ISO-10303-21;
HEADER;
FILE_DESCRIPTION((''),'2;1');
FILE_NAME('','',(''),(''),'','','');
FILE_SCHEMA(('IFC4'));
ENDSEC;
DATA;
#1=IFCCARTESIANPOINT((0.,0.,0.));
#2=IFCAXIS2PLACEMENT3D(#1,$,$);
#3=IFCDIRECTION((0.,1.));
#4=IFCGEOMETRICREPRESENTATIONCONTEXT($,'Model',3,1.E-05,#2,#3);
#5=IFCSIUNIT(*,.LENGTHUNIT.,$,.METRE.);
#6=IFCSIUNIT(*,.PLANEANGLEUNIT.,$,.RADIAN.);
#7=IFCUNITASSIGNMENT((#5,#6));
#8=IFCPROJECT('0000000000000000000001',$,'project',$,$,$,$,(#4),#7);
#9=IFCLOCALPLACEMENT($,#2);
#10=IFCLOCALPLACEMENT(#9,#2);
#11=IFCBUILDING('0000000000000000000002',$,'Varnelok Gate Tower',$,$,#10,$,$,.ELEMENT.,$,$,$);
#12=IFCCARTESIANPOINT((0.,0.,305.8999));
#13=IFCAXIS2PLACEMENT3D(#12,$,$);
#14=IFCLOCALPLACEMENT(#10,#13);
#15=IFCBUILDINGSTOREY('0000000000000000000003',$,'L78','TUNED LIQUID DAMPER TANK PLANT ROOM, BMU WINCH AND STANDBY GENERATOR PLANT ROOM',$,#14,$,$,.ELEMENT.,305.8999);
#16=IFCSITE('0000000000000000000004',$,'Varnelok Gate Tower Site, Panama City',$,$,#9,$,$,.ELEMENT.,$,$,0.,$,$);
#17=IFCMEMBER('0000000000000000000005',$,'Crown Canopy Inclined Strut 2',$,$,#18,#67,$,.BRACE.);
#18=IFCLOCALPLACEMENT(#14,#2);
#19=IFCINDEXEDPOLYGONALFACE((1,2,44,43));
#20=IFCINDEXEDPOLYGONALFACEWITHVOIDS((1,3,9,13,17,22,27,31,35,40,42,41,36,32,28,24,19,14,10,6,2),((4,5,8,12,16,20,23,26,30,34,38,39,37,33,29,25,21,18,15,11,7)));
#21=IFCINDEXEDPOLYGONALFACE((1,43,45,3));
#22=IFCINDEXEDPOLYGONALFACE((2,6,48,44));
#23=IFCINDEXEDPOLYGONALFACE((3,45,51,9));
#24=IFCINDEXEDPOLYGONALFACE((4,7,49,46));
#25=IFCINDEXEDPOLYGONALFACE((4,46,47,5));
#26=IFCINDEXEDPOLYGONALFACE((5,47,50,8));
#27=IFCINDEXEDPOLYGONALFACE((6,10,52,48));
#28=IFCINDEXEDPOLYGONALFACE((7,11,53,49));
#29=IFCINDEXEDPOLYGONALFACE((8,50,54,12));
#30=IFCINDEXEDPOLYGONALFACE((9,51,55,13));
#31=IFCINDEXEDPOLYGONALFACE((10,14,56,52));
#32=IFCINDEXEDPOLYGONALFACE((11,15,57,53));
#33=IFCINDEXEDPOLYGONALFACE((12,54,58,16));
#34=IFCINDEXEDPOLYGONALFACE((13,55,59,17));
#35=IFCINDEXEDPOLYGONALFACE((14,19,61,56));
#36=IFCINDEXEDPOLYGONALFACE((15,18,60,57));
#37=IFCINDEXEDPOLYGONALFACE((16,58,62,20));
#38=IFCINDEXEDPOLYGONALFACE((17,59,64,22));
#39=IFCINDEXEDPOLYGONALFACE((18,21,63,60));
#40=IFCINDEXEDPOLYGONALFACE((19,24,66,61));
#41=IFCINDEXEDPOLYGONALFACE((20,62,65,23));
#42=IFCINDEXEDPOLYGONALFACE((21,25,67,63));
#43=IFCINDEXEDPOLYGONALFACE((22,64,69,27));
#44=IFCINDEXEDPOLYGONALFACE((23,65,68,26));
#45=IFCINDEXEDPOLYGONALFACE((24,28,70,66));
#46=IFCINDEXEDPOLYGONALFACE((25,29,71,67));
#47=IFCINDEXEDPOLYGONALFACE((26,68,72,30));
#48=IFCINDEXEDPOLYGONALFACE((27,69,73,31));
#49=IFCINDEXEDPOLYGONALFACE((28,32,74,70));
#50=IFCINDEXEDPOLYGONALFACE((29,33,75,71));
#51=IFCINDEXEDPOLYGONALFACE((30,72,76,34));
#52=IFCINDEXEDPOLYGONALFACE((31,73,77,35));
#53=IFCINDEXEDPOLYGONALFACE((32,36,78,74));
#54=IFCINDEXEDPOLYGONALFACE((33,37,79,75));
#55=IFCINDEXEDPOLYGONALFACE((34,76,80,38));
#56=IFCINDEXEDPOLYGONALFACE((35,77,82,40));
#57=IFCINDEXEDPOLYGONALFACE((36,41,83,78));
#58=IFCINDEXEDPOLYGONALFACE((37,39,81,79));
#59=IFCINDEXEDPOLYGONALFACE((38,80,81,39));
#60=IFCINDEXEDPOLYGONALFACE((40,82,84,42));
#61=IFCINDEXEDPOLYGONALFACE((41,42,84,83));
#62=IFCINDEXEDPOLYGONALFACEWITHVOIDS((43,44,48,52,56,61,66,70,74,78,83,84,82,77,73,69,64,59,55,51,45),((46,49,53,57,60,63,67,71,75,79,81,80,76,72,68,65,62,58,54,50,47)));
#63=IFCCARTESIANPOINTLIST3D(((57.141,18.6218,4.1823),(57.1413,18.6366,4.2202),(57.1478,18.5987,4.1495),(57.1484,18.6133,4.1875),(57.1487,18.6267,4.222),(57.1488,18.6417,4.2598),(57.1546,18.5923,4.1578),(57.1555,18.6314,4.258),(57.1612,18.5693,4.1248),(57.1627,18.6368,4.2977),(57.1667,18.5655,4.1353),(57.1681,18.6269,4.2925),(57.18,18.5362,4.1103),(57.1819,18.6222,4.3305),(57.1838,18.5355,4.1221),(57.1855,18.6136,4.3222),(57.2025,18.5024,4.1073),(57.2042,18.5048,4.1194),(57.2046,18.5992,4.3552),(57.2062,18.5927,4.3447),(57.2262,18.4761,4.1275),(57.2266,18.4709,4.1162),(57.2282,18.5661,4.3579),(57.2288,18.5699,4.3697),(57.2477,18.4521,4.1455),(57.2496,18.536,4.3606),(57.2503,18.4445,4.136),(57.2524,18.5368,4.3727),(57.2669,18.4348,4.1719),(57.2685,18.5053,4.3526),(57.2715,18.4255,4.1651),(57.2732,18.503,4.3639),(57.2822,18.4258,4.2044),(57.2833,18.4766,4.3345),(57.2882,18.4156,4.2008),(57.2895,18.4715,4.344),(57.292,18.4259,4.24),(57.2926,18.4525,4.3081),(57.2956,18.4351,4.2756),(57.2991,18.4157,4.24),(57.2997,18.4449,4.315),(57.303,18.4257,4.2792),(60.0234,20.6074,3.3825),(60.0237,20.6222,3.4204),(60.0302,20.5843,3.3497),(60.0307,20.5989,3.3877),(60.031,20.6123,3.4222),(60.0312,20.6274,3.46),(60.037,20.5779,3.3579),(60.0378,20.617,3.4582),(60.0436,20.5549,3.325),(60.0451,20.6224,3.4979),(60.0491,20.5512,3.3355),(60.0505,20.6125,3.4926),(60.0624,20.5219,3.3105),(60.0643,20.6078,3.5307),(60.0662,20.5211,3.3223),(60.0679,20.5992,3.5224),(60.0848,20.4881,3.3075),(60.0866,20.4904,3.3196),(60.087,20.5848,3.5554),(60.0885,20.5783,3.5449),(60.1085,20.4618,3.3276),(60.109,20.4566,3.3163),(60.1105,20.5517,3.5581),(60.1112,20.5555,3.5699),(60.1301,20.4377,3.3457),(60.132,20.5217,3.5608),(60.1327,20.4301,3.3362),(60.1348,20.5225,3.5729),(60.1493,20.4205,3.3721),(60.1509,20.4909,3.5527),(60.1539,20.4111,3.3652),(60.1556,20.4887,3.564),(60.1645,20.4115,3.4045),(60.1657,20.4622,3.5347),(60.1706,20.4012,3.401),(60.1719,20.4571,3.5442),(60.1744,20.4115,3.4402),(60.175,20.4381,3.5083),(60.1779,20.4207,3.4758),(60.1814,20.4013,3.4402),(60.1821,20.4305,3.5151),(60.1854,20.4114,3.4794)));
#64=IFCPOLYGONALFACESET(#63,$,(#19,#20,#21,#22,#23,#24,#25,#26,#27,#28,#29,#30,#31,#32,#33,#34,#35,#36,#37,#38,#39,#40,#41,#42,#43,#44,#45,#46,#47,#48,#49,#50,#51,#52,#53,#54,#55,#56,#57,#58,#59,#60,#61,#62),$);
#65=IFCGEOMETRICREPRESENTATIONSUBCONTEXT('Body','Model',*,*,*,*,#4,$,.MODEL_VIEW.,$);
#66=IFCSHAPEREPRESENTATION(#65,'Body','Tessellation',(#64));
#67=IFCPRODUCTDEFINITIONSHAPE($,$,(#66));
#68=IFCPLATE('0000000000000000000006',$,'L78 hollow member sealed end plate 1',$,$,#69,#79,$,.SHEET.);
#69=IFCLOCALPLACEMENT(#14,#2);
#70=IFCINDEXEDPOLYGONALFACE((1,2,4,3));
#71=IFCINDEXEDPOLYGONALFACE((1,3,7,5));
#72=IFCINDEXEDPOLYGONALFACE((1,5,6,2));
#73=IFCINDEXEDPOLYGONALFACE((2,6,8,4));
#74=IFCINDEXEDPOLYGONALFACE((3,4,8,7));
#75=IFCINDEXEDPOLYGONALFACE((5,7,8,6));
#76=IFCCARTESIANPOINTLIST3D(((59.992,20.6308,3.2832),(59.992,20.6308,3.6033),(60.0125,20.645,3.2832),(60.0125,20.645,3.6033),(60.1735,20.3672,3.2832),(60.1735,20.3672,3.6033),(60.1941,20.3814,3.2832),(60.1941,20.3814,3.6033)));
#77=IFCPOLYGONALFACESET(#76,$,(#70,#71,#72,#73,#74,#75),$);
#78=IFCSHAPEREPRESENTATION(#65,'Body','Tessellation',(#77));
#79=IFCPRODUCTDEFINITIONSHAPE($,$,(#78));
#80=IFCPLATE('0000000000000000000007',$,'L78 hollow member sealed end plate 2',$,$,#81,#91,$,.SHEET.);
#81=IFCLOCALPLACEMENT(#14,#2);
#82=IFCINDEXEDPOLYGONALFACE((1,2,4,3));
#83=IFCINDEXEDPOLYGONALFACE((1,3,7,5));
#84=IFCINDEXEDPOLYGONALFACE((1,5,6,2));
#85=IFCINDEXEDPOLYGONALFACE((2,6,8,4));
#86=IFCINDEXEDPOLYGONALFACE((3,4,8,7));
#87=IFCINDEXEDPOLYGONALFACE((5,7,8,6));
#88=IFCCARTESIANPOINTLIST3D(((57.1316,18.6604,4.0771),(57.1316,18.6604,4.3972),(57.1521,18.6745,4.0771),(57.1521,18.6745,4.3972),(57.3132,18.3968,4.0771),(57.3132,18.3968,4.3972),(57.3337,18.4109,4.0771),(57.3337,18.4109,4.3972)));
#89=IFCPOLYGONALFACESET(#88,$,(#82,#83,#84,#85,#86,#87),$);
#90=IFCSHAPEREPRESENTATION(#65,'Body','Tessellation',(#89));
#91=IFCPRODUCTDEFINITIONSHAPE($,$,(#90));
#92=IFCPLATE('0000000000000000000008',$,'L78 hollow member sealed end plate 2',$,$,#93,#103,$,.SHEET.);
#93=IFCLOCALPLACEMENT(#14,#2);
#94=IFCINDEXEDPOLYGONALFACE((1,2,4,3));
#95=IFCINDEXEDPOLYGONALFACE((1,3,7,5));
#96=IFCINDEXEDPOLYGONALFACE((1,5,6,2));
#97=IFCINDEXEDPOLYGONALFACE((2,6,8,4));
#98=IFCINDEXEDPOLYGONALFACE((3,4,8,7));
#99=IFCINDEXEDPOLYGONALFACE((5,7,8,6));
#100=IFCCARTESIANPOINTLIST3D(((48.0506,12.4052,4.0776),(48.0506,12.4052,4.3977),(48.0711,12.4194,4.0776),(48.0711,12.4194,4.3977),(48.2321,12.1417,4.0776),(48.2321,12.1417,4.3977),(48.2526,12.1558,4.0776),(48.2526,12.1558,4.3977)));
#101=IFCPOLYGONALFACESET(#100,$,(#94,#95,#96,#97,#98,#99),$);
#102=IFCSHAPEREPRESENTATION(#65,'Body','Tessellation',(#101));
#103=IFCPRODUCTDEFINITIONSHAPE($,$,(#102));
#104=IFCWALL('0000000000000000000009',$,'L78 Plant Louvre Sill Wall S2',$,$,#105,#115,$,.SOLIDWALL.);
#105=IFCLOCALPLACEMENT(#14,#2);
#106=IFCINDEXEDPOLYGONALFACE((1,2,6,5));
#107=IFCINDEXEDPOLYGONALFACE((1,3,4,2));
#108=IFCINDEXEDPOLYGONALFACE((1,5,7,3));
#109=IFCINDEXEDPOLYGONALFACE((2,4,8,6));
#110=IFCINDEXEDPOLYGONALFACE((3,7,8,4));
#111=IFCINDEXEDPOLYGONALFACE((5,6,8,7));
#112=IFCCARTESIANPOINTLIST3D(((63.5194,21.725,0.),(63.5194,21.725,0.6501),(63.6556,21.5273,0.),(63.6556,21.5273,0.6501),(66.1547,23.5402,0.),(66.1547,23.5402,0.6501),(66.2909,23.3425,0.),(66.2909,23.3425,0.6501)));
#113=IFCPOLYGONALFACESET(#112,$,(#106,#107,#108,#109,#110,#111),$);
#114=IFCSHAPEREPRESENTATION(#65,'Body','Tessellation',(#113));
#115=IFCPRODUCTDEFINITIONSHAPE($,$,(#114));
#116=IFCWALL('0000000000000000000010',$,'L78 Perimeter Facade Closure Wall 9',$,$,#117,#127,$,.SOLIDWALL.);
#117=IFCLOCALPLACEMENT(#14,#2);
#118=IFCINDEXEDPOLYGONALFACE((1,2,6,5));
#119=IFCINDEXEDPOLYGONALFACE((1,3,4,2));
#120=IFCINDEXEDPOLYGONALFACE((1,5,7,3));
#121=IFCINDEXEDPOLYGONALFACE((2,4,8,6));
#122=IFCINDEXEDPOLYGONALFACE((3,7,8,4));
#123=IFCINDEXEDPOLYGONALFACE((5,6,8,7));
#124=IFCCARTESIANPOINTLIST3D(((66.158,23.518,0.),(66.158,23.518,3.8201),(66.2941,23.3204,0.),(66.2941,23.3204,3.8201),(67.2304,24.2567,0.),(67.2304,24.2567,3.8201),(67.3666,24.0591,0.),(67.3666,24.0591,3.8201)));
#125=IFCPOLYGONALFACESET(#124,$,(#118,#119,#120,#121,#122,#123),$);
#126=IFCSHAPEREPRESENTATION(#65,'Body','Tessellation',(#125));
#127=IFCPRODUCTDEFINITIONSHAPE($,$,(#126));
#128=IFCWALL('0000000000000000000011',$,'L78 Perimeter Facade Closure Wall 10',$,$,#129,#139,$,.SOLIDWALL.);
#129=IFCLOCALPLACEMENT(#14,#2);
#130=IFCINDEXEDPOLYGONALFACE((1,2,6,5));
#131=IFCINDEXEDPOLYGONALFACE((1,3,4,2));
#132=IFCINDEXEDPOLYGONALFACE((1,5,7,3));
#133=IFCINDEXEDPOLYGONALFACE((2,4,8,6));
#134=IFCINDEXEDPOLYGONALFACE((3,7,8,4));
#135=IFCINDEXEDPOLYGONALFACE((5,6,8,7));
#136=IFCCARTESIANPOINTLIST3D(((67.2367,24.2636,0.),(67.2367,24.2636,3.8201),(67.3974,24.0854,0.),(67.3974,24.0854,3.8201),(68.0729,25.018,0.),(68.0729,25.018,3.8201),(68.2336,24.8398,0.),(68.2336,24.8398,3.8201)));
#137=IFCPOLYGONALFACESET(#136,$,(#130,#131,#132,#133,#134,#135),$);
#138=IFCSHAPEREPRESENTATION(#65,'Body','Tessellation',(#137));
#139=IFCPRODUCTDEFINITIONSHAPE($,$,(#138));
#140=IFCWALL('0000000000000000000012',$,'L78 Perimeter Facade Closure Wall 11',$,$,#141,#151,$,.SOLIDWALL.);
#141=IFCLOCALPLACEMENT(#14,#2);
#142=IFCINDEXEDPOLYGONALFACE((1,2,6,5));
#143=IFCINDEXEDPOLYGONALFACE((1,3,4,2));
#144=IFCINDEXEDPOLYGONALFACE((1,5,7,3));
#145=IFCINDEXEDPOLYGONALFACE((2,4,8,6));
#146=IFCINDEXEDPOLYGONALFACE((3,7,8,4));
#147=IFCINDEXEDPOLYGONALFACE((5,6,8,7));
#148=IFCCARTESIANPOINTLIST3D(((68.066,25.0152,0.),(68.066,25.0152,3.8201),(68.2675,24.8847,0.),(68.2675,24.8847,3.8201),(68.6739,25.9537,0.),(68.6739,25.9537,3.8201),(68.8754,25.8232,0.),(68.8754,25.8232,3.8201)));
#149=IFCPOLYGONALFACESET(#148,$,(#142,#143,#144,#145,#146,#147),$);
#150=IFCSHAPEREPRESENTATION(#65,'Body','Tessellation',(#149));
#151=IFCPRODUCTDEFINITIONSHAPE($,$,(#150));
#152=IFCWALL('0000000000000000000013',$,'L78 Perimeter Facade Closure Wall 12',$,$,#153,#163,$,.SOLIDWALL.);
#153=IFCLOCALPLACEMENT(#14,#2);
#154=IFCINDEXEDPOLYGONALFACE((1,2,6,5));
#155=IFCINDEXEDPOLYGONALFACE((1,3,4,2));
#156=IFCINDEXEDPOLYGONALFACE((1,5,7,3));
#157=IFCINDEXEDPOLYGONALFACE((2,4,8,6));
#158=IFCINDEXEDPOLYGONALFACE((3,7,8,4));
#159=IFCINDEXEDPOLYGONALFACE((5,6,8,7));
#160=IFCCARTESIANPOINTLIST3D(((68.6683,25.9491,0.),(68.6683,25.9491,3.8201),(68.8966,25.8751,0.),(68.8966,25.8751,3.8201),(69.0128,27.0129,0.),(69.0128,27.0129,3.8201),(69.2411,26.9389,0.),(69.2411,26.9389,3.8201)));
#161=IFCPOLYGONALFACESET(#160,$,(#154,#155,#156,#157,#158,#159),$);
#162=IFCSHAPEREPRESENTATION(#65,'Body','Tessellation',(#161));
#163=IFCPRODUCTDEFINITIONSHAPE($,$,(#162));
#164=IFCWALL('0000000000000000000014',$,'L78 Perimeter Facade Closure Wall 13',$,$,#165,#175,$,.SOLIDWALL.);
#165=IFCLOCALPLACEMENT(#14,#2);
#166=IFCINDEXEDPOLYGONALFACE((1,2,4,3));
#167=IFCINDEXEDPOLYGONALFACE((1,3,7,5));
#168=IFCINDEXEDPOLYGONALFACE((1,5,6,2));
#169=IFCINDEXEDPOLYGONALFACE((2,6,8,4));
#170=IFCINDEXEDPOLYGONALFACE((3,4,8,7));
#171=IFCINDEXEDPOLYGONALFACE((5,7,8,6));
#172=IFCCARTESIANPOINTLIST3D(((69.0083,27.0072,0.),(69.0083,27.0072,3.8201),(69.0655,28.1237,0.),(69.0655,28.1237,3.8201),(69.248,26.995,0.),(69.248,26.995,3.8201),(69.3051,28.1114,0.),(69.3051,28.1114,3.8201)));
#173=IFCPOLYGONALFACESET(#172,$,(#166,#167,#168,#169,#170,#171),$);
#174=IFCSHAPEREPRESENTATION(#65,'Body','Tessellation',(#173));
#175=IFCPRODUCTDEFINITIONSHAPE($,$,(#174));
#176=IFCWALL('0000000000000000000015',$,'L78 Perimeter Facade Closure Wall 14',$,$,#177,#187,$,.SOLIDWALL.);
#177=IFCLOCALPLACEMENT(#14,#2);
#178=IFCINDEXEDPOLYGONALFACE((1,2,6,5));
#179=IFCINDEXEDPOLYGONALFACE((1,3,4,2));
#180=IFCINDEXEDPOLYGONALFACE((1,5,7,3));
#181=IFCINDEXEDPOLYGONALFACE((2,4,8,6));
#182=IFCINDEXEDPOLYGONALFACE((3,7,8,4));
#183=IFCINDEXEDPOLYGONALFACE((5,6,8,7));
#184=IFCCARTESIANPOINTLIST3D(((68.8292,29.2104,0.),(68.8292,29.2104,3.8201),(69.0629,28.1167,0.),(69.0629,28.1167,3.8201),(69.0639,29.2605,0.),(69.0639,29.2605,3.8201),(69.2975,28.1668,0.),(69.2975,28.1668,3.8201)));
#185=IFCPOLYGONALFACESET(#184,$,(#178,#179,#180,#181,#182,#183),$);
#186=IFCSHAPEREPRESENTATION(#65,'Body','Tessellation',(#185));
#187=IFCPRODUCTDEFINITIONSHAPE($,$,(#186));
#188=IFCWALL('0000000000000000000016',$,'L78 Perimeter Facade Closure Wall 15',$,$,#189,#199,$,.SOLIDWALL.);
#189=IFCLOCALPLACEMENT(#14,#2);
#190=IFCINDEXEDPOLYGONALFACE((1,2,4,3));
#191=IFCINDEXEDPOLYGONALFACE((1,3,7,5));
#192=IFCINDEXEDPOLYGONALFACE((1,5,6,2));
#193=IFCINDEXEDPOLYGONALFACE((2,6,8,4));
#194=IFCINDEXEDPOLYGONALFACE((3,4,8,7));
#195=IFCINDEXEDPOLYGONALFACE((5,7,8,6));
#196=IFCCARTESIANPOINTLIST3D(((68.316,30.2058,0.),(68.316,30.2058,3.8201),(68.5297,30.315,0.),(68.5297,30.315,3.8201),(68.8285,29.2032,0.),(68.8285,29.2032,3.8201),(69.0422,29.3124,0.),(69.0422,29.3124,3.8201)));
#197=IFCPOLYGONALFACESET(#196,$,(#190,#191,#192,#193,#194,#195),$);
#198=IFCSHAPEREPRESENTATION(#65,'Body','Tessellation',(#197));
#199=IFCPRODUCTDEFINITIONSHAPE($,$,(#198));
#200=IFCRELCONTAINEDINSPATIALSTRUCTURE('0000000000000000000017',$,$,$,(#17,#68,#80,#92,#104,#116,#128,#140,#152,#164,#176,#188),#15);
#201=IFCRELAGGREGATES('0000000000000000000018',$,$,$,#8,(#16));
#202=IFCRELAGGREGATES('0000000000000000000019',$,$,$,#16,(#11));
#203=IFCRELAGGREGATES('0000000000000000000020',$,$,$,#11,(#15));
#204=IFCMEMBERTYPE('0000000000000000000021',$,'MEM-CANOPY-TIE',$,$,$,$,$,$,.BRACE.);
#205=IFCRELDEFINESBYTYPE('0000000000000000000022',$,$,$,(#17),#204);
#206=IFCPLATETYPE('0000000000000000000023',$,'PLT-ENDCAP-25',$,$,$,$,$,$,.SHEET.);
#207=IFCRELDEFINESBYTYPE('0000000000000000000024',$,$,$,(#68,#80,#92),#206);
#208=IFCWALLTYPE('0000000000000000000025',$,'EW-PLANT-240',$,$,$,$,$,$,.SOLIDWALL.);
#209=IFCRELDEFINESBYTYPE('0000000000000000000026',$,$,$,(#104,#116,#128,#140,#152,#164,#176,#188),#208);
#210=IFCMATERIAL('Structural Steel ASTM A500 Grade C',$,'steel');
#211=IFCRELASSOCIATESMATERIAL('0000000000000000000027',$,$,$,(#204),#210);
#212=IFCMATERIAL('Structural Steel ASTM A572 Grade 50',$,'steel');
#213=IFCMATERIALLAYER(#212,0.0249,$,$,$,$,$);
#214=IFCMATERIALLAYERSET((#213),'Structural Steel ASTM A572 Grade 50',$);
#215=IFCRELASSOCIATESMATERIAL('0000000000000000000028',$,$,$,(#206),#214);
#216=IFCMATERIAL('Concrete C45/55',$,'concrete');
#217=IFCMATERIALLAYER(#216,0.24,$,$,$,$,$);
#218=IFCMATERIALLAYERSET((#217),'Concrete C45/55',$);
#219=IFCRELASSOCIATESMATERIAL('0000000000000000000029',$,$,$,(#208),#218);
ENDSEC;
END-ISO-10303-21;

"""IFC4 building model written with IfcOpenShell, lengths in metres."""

from ifc_helpers import new_model, si_unit, direction, frame, frame_2d, origin, origin_2d, place, context, subcontext, project, spatial, rectangle, hollow_circle, extrude, source, transform, mapped, material, layer, layer_set, material_profile, profile_set, type_object, element, save


model = new_model("IFC4")

# Units and contexts
model_context = context("Model", 3, precision=1e-05, world=origin(), true_north=direction((0.0, 1.0)))
body_context = subcontext(model_context, "Body", "Model", "MODEL_VIEW")
ifc_project = project(units=[si_unit("LENGTHUNIT", "METRE"), si_unit("PLANEANGLEUNIT", "RADIAN")], contexts=[model_context])

# Site, building, storey
site_placement = place(None, origin())
site = spatial("IfcSite", under=ifc_project, at=site_placement, Name="Varnelok Gate Tower Site, Panama City", CompositionType="ELEMENT", RefElevation=0.0)
building_placement = place(site_placement, origin())
building = spatial("IfcBuilding", under=site, at=building_placement, Name="Varnelok Gate Tower", CompositionType="ELEMENT")
storey_placement = place(building_placement, frame((0.0, 0.0, 305.8999)))
storey = spatial("IfcBuildingStorey", under=building, at=storey_placement, Name="L78", Description="TUNED LIQUID DAMPER TANK PLANT ROOM, BMU WINCH AND STANDBY GENERATOR PLANT ROOM", CompositionType="ELEMENT", Elevation=305.8999)

# Member
ifc_material_1 = material(Name="Structural Steel ASTM A500 Grade C", Category="steel")
ifc_material_profile_1 = material_profile(ifc_material_1, hollow_circle(Radius=0.1365, WallThickness=0.0125, at=origin_2d()), Name="CHS273X12")
ifc_profile_set_1 = profile_set([ifc_material_profile_1], Name="Structural Steel ASTM A500 Grade C")
member_type = type_object("IfcMemberType", Name="MEM-CANOPY-TIE", PredefinedType="BRACE", material=ifc_profile_set_1)
member_placement = place(storey_placement, frame((60.104, 20.5137, 3.4402), z_axis=(-0.802814, -0.553048, 0.22277), x_axis=(0.567304, -0.823508, 0.0)))
element("IfcMember", 1, at=member_placement, inside=storey, type_object=member_type, Name="Crown Canopy Inclined Strut 2", PredefinedType="BRACE", context=body_context, shape_type="SweptSolid", body=[
    extrude(hollow_circle(Radius=0.1365, WallThickness=0.0125, at=origin_2d()), origin(), (0.0, 0.0, 1.0), 3.5903),
])

# Plates
ifc_material_2 = material(Name="Structural Steel ASTM A572 Grade 50", Category="steel")
ifc_layer_1 = layer(ifc_material_2, 0.0249)
ifc_layer_set_1 = layer_set([ifc_layer_1], Name="Structural Steel ASTM A572 Grade 50")
plate_type = type_object("IfcPlateType", Name="PLT-ENDCAP-25", PredefinedType="SHEET", material=ifc_layer_set_1)
shared_shape_1 = source(origin(), body_context, "Body", "SweptSolid", [
    extrude(rectangle(XDim=0.0249, YDim=0.3201, at=origin_2d()), origin(), (0.0, 0.0, 1.0), 0.3201),
])
for number, where, z_axis, x_axis, name in (
    (2, (60.093, 20.5061, 3.2832), (0.0, 0.0, 1.0), (-0.823533, -0.567269, 0.0), "L78 hollow member sealed end plate 1"),
    (3, (57.2327, 18.5356, 4.0771), (0.0, 0.0, 1.0), (-0.823533, -0.567269, 0.0), "L78 hollow member sealed end plate 2"),
    (4, (48.1516, 12.2805, 4.0776), (0.0, 0.0, 1.0), (0.823523, 0.567283, 0.0), "L78 hollow member sealed end plate 2"),
):
    element("IfcPlate", number, at=place(storey_placement, frame(where, z_axis=z_axis, x_axis=x_axis)), inside=storey, type_object=plate_type, Name=name, PredefinedType="SHEET", context=body_context, shape_type="MappedRepresentation", body=[
        mapped(shared_shape_1, transform((0.0, 0.0, 0.0), scale=1.0)),
    ])

# Walls
ifc_material_3 = material(Name="Concrete C45/55", Category="concrete")
ifc_layer_2 = layer(ifc_material_3, 0.24)
ifc_layer_set_2 = layer_set([ifc_layer_2], Name="Concrete C45/55")
wall_type_1 = type_object("IfcWallType", Name="EW-PLANT-240", PredefinedType="SOLIDWALL", material=ifc_layer_set_2)
wall_1_placement = place(storey_placement, frame((66.2229, 23.4414, 0.0), z_axis=(0.0, 0.0, 1.0), x_axis=(-0.823538, -0.56726, 0.0)))
element("IfcWall", 5, at=wall_1_placement, inside=storey, type_object=wall_type_1, Name="L78 Plant Louvre Sill Wall S2", PredefinedType="SOLIDWALL", context=body_context, shape_type="SweptSolid", body=[
    extrude(rectangle(XDim=3.2, YDim=0.24, at=frame_2d((1.6001, 0.0))), origin(), (0.0, 0.0, 1.0), 0.6501),
])
wall_2_placement = place(storey_placement, frame((66.2261, 23.4192, 0.0), z_axis=(0.0, 0.0, 1.0), x_axis=(0.823533, 0.567269, 0.0)))
element("IfcWall", 6, at=wall_2_placement, inside=storey, type_object=wall_type_1, Name="L78 Perimeter Facade Closure Wall 9", PredefinedType="SOLIDWALL", context=body_context, shape_type="SweptSolid", body=[
    extrude(rectangle(XDim=1.3022, YDim=0.24, at=frame_2d((0.6511, 0.0))), origin(), (0.0, 0.0, 1.0), 3.8201),
])
wall_3_placement = place(storey_placement, frame((67.3171, 24.1746, 0.0), z_axis=(0.0, 0.0, 1.0), x_axis=(0.742485, 0.669863, 0.0)))
element("IfcWall", 7, at=wall_3_placement, inside=storey, type_object=wall_type_1, Name="L78 Perimeter Facade Closure Wall 10", PredefinedType="SOLIDWALL", context=body_context, shape_type="SweptSolid", body=[
    extrude(rectangle(XDim=1.1262, YDim=0.24, at=frame_2d((0.563, 0.0))), origin(), (0.0, 0.0, 1.0), 3.8201),
])
for number, where, z_axis, x_axis, name in (
    (8, (68.1667, 24.95, 0.0), (0.0, 0.0, 1.0), (0.543668, 0.839301, 0.0), "L78 Perimeter Facade Closure Wall 11"),
    (9, (68.7825, 25.9121, 0.0), (0.0, 0.0, 1.0), (0.308094, 0.951356, 0.0), "L78 Perimeter Facade Closure Wall 12"),
):
    element("IfcWall", number, at=place(storey_placement, frame(where, z_axis=z_axis, x_axis=x_axis)), inside=storey, type_object=wall_type_1, Name=name, PredefinedType="SOLIDWALL", context=body_context, shape_type="SweptSolid", body=[
        extrude(rectangle(XDim=1.1182, YDim=0.24, at=frame_2d((0.5591, 0.0))), origin(), (0.0, 0.0, 1.0), 3.8201),
    ])
wall_4_placement = place(storey_placement, frame((69.1282, 27.001, 0.0), z_axis=(0.0, 0.0, 1.0), x_axis=(0.051103, 0.998693, 0.0)))
element("IfcWall", 10, at=wall_4_placement, inside=storey, type_object=wall_type_1, Name="L78 Perimeter Facade Closure Wall 13", PredefinedType="SOLIDWALL", context=body_context, shape_type="SweptSolid", body=[
    extrude(rectangle(XDim=1.1179, YDim=0.24, at=frame_2d((0.5591, 0.0))), origin(), (0.0, 0.0, 1.0), 3.8201),
])
wall_5_placement = place(storey_placement, frame((69.1802, 28.1418, 0.0), z_axis=(0.0, 0.0, 1.0), x_axis=(-0.208903, 0.977936, 0.0)))
element("IfcWall", 11, at=wall_5_placement, inside=storey, type_object=wall_type_1, Name="L78 Perimeter Facade Closure Wall 14", PredefinedType="SOLIDWALL", context=body_context, shape_type="SweptSolid", body=[
    extrude(rectangle(XDim=1.1184, YDim=0.24, at=frame_2d((0.5591, 0.0))), origin(), (0.0, 0.0, 1.0), 3.8201),
])
wall_6_placement = place(storey_placement, frame((68.9353, 29.2578, 0.0), z_axis=(0.0, 0.0, 1.0), x_axis=(-0.455088, 0.890446, 0.0)))
element("IfcWall", 12, at=wall_6_placement, inside=storey, type_object=wall_type_1, Name="L78 Perimeter Facade Closure Wall 15", PredefinedType="SOLIDWALL", context=body_context, shape_type="SweptSolid", body=[
    extrude(rectangle(XDim=1.126, YDim=0.24, at=frame_2d((0.563, 0.0))), origin(), (0.0, 0.0, 1.0), 3.8201),
])

save(model, "model.ifc")
